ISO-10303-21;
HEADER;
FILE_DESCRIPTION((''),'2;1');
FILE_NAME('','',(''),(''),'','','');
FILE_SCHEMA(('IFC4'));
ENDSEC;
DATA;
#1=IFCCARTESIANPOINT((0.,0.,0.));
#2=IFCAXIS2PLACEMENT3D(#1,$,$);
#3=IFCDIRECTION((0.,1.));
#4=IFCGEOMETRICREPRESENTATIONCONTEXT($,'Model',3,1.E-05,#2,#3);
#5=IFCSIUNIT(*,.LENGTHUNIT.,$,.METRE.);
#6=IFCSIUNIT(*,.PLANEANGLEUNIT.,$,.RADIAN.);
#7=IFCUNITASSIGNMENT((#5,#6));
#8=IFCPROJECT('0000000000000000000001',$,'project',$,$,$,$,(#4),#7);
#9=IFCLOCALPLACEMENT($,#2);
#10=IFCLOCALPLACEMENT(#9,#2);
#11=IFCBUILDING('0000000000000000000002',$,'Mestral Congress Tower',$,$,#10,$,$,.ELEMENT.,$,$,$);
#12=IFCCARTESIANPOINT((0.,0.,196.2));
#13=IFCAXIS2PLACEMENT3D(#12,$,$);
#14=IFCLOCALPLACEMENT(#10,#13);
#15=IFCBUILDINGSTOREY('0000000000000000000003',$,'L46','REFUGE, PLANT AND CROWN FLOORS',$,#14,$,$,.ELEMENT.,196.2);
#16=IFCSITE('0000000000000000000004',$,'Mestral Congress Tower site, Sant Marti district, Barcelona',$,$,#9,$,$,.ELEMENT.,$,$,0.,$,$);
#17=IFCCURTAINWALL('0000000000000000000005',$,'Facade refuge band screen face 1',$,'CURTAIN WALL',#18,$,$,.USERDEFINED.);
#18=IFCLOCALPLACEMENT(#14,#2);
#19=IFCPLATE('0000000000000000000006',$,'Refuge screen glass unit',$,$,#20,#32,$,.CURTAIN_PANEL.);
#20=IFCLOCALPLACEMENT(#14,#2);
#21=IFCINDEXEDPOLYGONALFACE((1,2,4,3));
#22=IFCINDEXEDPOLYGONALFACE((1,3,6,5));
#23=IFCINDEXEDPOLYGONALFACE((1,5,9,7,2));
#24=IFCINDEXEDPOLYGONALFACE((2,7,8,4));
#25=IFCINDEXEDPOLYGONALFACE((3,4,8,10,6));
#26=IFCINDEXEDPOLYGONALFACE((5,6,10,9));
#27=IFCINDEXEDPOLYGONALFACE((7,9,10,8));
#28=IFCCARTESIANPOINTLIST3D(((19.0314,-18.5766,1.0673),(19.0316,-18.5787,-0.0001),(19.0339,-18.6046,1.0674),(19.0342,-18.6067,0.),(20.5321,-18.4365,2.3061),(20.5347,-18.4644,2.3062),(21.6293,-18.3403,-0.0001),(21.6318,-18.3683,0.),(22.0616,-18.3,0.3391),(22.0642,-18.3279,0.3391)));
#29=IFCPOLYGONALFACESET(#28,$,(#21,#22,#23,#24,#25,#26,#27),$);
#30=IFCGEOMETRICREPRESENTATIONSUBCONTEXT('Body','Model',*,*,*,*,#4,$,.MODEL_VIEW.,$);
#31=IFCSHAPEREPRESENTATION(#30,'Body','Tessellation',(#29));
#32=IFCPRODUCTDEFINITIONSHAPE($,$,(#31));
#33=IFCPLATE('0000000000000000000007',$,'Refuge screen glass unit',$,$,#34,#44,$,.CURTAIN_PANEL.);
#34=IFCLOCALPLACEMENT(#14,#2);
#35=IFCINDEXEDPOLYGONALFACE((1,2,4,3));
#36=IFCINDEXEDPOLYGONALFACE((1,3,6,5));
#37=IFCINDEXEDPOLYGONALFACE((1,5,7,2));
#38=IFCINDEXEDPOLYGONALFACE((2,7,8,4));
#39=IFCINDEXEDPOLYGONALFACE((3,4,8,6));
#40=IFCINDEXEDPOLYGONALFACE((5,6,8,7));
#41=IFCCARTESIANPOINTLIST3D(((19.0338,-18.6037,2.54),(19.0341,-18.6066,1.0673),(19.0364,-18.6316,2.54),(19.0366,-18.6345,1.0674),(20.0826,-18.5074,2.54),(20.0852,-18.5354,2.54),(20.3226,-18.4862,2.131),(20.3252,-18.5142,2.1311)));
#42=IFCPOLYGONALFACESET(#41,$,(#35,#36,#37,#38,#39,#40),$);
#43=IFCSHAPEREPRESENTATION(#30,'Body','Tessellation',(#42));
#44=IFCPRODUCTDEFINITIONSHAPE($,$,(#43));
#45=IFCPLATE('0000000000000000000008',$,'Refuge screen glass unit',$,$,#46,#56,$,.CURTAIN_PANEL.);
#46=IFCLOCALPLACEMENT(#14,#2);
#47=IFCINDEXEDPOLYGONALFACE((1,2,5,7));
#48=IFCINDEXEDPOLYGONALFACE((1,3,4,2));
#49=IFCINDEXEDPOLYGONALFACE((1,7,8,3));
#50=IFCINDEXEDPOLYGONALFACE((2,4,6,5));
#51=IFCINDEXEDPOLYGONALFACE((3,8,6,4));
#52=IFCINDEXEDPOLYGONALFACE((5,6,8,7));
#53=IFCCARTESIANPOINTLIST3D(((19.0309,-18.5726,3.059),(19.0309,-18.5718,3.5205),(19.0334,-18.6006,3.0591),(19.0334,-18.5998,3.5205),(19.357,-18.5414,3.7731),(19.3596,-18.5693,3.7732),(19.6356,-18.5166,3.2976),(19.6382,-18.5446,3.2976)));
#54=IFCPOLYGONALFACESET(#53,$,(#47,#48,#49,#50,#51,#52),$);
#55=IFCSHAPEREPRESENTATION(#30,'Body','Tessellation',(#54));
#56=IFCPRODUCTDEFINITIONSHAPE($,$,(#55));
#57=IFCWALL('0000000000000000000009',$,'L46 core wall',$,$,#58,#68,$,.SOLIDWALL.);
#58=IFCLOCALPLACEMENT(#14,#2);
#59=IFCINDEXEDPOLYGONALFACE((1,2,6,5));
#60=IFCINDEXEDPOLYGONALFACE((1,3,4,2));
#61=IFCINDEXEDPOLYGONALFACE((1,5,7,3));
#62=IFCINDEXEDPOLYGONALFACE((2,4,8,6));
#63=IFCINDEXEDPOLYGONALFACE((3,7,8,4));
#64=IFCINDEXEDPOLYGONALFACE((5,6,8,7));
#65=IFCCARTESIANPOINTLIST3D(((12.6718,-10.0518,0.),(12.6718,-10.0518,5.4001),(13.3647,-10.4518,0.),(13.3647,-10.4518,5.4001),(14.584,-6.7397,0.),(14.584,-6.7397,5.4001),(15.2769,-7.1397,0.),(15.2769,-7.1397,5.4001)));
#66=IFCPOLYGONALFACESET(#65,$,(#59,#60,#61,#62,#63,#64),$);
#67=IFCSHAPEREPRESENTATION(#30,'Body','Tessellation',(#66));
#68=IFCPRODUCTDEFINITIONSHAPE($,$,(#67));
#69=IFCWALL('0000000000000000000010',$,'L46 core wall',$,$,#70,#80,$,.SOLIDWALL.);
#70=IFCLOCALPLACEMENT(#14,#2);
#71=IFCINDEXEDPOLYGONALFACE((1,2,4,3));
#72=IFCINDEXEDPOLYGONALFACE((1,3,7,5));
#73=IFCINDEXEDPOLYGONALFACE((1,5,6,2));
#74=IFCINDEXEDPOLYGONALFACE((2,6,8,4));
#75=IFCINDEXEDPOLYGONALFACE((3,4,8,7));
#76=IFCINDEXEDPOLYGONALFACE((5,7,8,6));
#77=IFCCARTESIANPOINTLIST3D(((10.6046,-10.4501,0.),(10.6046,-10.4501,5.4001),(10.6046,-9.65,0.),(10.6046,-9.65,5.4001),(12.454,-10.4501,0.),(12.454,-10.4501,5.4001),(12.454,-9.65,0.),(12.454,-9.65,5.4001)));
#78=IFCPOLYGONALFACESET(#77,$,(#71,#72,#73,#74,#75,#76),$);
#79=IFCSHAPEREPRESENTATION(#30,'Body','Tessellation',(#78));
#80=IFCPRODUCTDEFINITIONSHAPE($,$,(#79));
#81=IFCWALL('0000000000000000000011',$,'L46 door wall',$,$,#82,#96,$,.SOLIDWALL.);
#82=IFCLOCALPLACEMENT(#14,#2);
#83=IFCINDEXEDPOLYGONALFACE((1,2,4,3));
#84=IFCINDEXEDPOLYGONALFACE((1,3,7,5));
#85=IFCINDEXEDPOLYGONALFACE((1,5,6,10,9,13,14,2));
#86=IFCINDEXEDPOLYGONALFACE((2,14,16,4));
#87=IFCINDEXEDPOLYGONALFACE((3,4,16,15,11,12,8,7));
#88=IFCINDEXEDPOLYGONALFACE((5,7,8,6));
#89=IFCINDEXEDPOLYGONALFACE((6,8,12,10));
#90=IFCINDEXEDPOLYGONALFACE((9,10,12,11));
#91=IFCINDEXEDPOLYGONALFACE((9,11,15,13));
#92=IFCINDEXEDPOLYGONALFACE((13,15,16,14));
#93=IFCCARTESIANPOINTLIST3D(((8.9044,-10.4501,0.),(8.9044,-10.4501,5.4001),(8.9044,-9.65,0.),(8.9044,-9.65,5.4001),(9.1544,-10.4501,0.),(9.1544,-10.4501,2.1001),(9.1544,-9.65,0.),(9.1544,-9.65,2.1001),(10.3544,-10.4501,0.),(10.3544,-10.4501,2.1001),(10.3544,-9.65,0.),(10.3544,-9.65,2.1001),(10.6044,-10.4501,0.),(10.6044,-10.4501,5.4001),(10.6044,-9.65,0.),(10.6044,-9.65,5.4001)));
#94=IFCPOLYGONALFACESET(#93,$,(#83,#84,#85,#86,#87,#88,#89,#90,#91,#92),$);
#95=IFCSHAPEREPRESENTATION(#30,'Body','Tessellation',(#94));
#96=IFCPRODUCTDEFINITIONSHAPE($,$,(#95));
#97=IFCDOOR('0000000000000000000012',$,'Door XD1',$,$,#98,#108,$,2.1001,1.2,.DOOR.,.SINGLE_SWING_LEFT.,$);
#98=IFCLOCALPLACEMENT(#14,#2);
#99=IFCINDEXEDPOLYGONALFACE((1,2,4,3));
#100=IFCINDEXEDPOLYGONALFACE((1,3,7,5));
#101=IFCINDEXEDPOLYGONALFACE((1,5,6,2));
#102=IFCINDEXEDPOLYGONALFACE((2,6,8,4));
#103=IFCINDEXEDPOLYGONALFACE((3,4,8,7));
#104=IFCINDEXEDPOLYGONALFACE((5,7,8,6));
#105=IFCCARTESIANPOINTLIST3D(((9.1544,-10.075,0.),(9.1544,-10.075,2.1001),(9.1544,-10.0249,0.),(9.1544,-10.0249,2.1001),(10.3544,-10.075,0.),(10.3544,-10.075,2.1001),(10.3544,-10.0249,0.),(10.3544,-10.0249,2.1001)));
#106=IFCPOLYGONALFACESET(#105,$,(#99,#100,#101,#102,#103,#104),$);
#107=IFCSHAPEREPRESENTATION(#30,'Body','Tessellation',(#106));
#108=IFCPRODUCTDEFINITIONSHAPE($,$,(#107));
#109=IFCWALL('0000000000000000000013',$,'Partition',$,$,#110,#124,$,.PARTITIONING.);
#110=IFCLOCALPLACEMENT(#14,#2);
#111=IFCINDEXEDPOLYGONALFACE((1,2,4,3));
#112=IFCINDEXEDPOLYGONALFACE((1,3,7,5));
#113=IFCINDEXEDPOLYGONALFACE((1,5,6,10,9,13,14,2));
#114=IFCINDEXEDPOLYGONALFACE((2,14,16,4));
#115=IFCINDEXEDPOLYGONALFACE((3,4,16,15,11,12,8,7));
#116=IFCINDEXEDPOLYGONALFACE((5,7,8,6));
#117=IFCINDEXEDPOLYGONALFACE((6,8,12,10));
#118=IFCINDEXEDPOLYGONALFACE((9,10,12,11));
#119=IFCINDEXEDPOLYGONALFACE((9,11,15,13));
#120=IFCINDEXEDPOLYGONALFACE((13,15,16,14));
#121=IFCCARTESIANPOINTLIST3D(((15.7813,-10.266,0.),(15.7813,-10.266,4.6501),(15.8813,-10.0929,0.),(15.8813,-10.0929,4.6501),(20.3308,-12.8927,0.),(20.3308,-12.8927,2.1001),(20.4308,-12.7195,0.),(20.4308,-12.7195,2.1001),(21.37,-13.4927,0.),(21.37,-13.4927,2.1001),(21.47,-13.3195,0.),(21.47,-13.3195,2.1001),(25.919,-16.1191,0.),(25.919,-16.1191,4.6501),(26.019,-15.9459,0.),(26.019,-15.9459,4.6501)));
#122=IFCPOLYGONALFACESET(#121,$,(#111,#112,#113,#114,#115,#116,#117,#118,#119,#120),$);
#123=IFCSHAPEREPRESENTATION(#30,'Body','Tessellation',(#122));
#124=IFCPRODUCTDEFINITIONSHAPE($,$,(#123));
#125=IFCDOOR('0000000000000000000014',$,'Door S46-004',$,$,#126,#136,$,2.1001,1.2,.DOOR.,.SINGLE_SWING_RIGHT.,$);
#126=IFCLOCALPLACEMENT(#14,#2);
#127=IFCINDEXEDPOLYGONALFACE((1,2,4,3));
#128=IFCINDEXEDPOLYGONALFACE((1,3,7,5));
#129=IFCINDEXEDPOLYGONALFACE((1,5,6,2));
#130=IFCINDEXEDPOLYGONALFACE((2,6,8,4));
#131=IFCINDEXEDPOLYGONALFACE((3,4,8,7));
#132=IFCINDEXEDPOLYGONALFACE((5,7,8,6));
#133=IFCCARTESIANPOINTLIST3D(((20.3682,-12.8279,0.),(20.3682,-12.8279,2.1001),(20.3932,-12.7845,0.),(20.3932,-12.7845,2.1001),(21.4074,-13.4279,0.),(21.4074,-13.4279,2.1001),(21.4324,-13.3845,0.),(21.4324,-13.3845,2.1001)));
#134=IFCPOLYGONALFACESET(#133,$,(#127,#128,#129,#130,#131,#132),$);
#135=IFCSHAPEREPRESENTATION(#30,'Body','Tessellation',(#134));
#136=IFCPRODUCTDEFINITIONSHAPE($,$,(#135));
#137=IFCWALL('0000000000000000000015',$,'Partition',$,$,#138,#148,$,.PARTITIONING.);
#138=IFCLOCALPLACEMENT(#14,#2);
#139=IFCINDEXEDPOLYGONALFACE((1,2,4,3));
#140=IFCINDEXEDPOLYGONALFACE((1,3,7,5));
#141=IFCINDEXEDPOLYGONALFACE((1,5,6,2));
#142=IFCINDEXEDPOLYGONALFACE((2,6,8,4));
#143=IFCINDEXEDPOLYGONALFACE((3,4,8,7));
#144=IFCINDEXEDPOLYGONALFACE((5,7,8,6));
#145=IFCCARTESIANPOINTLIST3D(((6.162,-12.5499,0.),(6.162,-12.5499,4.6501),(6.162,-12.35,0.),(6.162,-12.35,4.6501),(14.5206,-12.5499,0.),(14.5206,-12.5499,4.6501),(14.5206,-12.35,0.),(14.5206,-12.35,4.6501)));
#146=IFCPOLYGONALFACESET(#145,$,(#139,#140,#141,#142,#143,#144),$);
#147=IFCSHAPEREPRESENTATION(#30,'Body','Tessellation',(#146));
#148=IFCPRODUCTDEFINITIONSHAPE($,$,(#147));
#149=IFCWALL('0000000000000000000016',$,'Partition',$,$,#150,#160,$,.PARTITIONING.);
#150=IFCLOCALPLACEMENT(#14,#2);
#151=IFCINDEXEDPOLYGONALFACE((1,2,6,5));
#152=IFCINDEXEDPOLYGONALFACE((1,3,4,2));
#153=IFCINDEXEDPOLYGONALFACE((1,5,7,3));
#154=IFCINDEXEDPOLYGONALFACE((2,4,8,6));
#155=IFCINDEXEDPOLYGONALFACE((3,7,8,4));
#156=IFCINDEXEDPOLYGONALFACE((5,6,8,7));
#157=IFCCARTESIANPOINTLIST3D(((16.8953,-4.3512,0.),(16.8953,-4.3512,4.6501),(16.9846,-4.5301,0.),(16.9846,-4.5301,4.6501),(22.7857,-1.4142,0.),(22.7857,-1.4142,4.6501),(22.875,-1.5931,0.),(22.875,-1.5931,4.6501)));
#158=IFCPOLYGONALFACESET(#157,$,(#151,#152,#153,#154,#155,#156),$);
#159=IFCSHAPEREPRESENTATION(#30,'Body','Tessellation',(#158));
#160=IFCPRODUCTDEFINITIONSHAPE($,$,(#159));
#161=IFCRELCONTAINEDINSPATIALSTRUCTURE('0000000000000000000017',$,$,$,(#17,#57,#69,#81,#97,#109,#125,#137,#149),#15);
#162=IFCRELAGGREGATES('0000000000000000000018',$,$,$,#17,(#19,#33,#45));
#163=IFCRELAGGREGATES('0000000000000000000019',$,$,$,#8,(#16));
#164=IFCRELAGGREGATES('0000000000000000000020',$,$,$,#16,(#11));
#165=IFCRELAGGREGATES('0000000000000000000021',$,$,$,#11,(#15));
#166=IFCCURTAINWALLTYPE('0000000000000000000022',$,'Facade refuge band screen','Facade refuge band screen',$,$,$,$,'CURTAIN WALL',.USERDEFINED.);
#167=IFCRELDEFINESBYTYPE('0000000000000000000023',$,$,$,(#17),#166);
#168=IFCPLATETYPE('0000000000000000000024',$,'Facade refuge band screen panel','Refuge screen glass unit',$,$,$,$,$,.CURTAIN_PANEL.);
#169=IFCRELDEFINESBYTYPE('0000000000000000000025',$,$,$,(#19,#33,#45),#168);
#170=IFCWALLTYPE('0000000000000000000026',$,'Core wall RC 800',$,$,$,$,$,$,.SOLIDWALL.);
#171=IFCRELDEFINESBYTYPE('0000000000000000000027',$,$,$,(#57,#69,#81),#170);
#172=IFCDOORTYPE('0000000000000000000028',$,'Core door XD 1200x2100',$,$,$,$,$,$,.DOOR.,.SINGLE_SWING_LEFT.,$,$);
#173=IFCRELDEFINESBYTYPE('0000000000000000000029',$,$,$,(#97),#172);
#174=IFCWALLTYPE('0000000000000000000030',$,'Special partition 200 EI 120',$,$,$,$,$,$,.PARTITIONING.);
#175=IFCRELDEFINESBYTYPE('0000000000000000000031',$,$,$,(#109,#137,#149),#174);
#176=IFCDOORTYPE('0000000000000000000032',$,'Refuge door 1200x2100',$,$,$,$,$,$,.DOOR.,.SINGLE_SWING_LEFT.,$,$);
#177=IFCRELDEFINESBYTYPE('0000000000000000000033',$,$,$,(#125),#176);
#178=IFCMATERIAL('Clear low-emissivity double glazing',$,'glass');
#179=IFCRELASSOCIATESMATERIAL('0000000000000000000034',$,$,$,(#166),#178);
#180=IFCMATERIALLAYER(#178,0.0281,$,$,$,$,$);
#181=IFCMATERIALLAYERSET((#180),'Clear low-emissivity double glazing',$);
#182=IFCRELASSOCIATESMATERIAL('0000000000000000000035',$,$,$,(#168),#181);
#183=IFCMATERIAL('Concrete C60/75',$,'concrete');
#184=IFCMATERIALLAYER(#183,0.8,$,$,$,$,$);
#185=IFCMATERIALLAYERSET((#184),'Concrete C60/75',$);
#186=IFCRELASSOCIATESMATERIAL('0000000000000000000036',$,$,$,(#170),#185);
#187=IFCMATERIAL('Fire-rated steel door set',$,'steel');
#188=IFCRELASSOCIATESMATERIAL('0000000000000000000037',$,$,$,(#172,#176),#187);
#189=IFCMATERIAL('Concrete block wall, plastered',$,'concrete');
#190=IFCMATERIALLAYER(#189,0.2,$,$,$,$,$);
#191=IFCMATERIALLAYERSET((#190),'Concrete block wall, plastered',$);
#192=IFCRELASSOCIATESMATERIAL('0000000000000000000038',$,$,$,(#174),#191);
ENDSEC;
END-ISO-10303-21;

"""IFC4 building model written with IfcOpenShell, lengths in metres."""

from ifc_helpers import new_model, si_unit, direction, frame, frame_2d, origin, place, context, subcontext, project, spatial, polyline, rectangle, outline, extrude, material, layer, layer_set, type_object, element, fill, aggregate, save


model = new_model("IFC4")

# Units and contexts
model_context = context("Model", 3, precision=1e-05, world=origin(), true_north=direction((0.0, 1.0)))
body_context = subcontext(model_context, "Body", "Model", "MODEL_VIEW")
ifc_project = project(units=[si_unit("LENGTHUNIT", "METRE"), si_unit("PLANEANGLEUNIT", "RADIAN")], contexts=[model_context])

# Site, building, storey
site_placement = place(None, origin())
site = spatial("IfcSite", under=ifc_project, at=site_placement, Name="Mestral Congress Tower site, Sant Marti district, Barcelona", CompositionType="ELEMENT", RefElevation=0.0)
building_placement = place(site_placement, origin())
building = spatial("IfcBuilding", under=site, at=building_placement, Name="Mestral Congress Tower", CompositionType="ELEMENT")
storey_placement = place(building_placement, frame((0.0, 0.0, 196.2)))
storey = spatial("IfcBuildingStorey", under=building, at=storey_placement, Name="L46", Description="REFUGE, PLANT AND CROWN FLOORS", CompositionType="ELEMENT", Elevation=196.2)

# Curtain wall, plates
ifc_material_1 = material(Name="Clear low-emissivity double glazing", Category="glass")
curtain_wall_type = type_object("IfcCurtainWallType", Name="Facade refuge band screen", Description="Facade refuge band screen", ElementType="CURTAIN WALL", PredefinedType="USERDEFINED", material=ifc_material_1)
placement = place(storey_placement, origin())
curtain_wall = element("IfcCurtainWall", 1, at=placement, inside=storey, type_object=curtain_wall_type, Name="Facade refuge band screen face 1", ObjectType="CURTAIN WALL", PredefinedType="USERDEFINED")
ifc_layer_1 = layer(ifc_material_1, 0.0281)
ifc_layer_set_1 = layer_set([ifc_layer_1], Name="Clear low-emissivity double glazing")
plate_type_1 = type_object("IfcPlateType", Name="Facade refuge band screen panel", Description="Refuge screen glass unit", PredefinedType="CURTAIN_PANEL", material=ifc_layer_set_1)
plate_1_placement = place(storey_placement, frame((19.0342, -18.6067, 0.0), z_axis=(0.091388, -0.995813, 0.001974), x_axis=(-0.00022, 0.001963, 0.999998)))
plate_1 = element("IfcPlate", 2, at=plate_1_placement, type_object=plate_type_1, Name="Refuge screen glass unit", PredefinedType="CURTAIN_PANEL", context=body_context, shape_type="SweptSolid", body=[
    extrude(outline(polyline([(0.0, 0.0), (1.0674, 0.0), (2.3061, -1.5073), (0.339, -3.0428), (-0.0001, -2.6086), (0.0, 0.0)])), origin(), (0.0, 0.0, -1.0), 0.0281),
])
plate_2_placement = place(storey_placement, frame((19.0366, -18.6345, 1.0674), z_axis=(0.091361, -0.995816, 0.001974), x_axis=(-0.000164, 0.001967, 0.999998)))
plate_2 = element("IfcPlate", 3, at=plate_2_placement, type_object=plate_type_1, Name="Refuge screen glass unit", PredefinedType="CURTAIN_PANEL", context=body_context, shape_type="SweptSolid", body=[
    extrude(outline(polyline([(0.0, 0.0), (1.4727, 0.0), (1.4727, -1.0532), (1.0637, -1.2942), (0.0, 0.0)])), origin(), (0.0, 0.0, -1.0), 0.0281),
])
plate_3_placement = place(storey_placement, frame((19.0334, -18.6006, 3.0591), z_axis=(0.091512, -0.995802, 0.001779), x_axis=(-0.000018, 0.001785, 0.999998)))
plate_3 = element("IfcPlate", 4, at=plate_3_placement, type_object=plate_type_1, Name="Refuge screen glass unit", PredefinedType="CURTAIN_PANEL", context=body_context, shape_type="SweptSolid", body=[
    extrude(outline(polyline([(0.0, 0.0), (0.4614, 0.0), (0.7142, -0.3276), (0.2386, -0.6073), (0.0, 0.0)])), origin(), (0.0, 0.0, -1.0), 0.0281),
])

# Walls
ifc_material_2 = material(Name="Concrete C60/75", Category="concrete")
ifc_layer_2 = layer(ifc_material_2, 0.8)
ifc_layer_set_2 = layer_set([ifc_layer_2], Name="Concrete C60/75")
wall_type_1 = type_object("IfcWallType", Name="Core wall RC 800", PredefinedType="SOLIDWALL", material=ifc_layer_set_2)
wall_1_placement = place(storey_placement, frame((13.0183, -10.2517, 0.0), z_axis=(0.0, 0.0, 1.0), x_axis=(0.499984, 0.866035, 0.0)))
element("IfcWall", 5, at=wall_1_placement, inside=storey, type_object=wall_type_1, Name="L46 core wall", PredefinedType="SOLIDWALL", context=body_context, shape_type="SweptSolid", body=[
    extrude(rectangle(XDim=3.8245, YDim=0.8, at=frame_2d((1.9121, 0.0))), origin(), (0.0, 0.0, 1.0), 5.4001),
])
wall_2_placement = place(storey_placement, frame((10.6045, -10.05, 0.0), z_axis=(0.0, 0.0, 1.0), x_axis=(1.0, 0.0, 0.0)))
element("IfcWall", 6, at=wall_2_placement, inside=storey, type_object=wall_type_1, Name="L46 core wall", PredefinedType="SOLIDWALL", context=body_context, shape_type="SweptSolid", body=[
    extrude(rectangle(XDim=1.8494, YDim=0.8, at=frame_2d((0.9248, 0.0))), origin(), (0.0, 0.0, 1.0), 5.4001),
])

# Walls, openings, doors
wall_3_placement = place(storey_placement, frame((10.6045, -10.05, 0.0), z_axis=(0.0, 0.0, 1.0), x_axis=(-1.0, 0.0, 0.0)))
wall_3 = element("IfcWall", 7, at=wall_3_placement, inside=storey, type_object=wall_type_1, Name="L46 door wall", PredefinedType="SOLIDWALL", context=body_context, shape_type="SweptSolid", body=[
    extrude(rectangle(XDim=1.7, YDim=0.8, at=frame_2d((0.8501, 0.0))), origin(), (0.0, 0.0, 1.0), 5.4001),
])
opening_1_placement = place(wall_3_placement, frame((0.25, 0.0, 0.0)))
opening_1 = element("IfcOpeningElement", 8, at=opening_1_placement, cuts=wall_3, PredefinedType="OPENING", context=body_context, shape_type="SweptSolid", body=[
    extrude(rectangle(XDim=1.2, YDim=2.1001, at=frame_2d((0.6001, 1.05))), frame((0.0, 0.4099, 0.0), z_axis=(0.0, -1.0, 0.0), x_axis=(1.0, 0.0, 0.0)), (0.0, 0.0, 1.0), 0.8201),
])
ifc_material_3 = material(Name="Fire-rated steel door set", Category="steel")
door_type_1 = type_object("IfcDoorType", Name="Core door XD 1200x2100", OperationType="SINGLE_SWING_LEFT", PredefinedType="DOOR", material=ifc_material_3)
door_1_placement = place(opening_1_placement, origin())
door_1 = element("IfcDoor", 9, at=door_1_placement, inside=storey, type_object=door_type_1, Name="Door XD1", OperationType="SINGLE_SWING_LEFT", OverallHeight=2.1001, OverallWidth=1.2, PredefinedType="DOOR", context=body_context, shape_type="SweptSolid", body=[
    extrude(rectangle(XDim=1.2, YDim=2.1001, at=frame_2d((0.6001, 1.05))), frame((0.0, 0.0249, 0.0), z_axis=(0.0, -1.0, 0.0), x_axis=(1.0, 0.0, 0.0)), (0.0, 0.0, 1.0), 0.05),
])
fill(opening_1, door_1)
ifc_material_4 = material(Name="Concrete block wall, plastered", Category="concrete")
ifc_layer_3 = layer(ifc_material_4, 0.2)
ifc_layer_set_3 = layer_set([ifc_layer_3], Name="Concrete block wall, plastered")
wall_type_2 = type_object("IfcWallType", Name="Special partition 200 EI 120", PredefinedType="PARTITIONING", material=ifc_layer_set_3)
wall_4_placement = place(storey_placement, frame((15.8313, -10.1794, 0.0), z_axis=(0.0, 0.0, 1.0), x_axis=(0.866024, -0.500002, 0.0)))
wall_4 = element("IfcWall", 10, at=wall_4_placement, inside=storey, type_object=wall_type_2, Name="Partition", PredefinedType="PARTITIONING", context=body_context, shape_type="SweptSolid", body=[
    extrude(rectangle(XDim=11.7061, YDim=0.2, at=frame_2d((5.853, 0.0))), origin(), (0.0, 0.0, 1.0), 4.6501),
])
opening_2_placement = place(wall_4_placement, frame((5.2532, 0.0, 0.0)))
opening_2 = element("IfcOpeningElement", 11, at=opening_2_placement, cuts=wall_4, PredefinedType="OPENING", context=body_context, shape_type="SweptSolid", body=[
    extrude(rectangle(XDim=1.2, YDim=2.1001, at=frame_2d((0.6001, 1.05))), frame((0.0, 0.1099, 0.0), z_axis=(0.0, -1.0, 0.0), x_axis=(1.0, 0.0, 0.0)), (0.0, 0.0, 1.0), 0.22),
])
door_type_2 = type_object("IfcDoorType", Name="Refuge door 1200x2100", OperationType="SINGLE_SWING_LEFT", PredefinedType="DOOR", material=ifc_material_3)
door_2_placement = place(opening_2_placement, origin())
door_2 = element("IfcDoor", 12, at=door_2_placement, inside=storey, type_object=door_type_2, Name="Door S46-004", OperationType="SINGLE_SWING_RIGHT", OverallHeight=2.1001, OverallWidth=1.2, PredefinedType="DOOR", context=body_context, shape_type="SweptSolid", body=[
    extrude(rectangle(XDim=1.2, YDim=2.1001, at=frame_2d((0.6001, 1.05))), frame((0.0, 0.0249, 0.0), z_axis=(0.0, -1.0, 0.0), x_axis=(1.0, 0.0, 0.0)), (0.0, 0.0, 1.0), 0.05),
])
fill(opening_2, door_2)

# Walls
wall_5_placement = place(storey_placement, frame((14.5205, -12.45, 0.0), z_axis=(0.0, 0.0, 1.0), x_axis=(-1.0, 0.0, 0.0)))
element("IfcWall", 13, at=wall_5_placement, inside=storey, type_object=wall_type_2, Name="Partition", PredefinedType="PARTITIONING", context=body_context, shape_type="SweptSolid", body=[
    extrude(rectangle(XDim=8.3586, YDim=0.2, at=frame_2d((4.1792, 0.0))), origin(), (0.0, 0.0, 1.0), 4.6501),
])
wall_6_placement = place(storey_placement, frame((16.9399, -4.4407, 0.0), z_axis=(0.0, 0.0, 1.0), x_axis=(0.894924, 0.446219, 0.0)))
element("IfcWall", 14, at=wall_6_placement, inside=storey, type_object=wall_type_2, Name="Partition", PredefinedType="PARTITIONING", context=body_context, shape_type="SweptSolid", body=[
    extrude(rectangle(XDim=6.582, YDim=0.2, at=frame_2d((3.291, 0.0))), origin(), (0.0, 0.0, 1.0), 4.6501),
])

aggregate(curtain_wall, [plate_1, plate_2, plate_3])

save(model, "model.ifc")
